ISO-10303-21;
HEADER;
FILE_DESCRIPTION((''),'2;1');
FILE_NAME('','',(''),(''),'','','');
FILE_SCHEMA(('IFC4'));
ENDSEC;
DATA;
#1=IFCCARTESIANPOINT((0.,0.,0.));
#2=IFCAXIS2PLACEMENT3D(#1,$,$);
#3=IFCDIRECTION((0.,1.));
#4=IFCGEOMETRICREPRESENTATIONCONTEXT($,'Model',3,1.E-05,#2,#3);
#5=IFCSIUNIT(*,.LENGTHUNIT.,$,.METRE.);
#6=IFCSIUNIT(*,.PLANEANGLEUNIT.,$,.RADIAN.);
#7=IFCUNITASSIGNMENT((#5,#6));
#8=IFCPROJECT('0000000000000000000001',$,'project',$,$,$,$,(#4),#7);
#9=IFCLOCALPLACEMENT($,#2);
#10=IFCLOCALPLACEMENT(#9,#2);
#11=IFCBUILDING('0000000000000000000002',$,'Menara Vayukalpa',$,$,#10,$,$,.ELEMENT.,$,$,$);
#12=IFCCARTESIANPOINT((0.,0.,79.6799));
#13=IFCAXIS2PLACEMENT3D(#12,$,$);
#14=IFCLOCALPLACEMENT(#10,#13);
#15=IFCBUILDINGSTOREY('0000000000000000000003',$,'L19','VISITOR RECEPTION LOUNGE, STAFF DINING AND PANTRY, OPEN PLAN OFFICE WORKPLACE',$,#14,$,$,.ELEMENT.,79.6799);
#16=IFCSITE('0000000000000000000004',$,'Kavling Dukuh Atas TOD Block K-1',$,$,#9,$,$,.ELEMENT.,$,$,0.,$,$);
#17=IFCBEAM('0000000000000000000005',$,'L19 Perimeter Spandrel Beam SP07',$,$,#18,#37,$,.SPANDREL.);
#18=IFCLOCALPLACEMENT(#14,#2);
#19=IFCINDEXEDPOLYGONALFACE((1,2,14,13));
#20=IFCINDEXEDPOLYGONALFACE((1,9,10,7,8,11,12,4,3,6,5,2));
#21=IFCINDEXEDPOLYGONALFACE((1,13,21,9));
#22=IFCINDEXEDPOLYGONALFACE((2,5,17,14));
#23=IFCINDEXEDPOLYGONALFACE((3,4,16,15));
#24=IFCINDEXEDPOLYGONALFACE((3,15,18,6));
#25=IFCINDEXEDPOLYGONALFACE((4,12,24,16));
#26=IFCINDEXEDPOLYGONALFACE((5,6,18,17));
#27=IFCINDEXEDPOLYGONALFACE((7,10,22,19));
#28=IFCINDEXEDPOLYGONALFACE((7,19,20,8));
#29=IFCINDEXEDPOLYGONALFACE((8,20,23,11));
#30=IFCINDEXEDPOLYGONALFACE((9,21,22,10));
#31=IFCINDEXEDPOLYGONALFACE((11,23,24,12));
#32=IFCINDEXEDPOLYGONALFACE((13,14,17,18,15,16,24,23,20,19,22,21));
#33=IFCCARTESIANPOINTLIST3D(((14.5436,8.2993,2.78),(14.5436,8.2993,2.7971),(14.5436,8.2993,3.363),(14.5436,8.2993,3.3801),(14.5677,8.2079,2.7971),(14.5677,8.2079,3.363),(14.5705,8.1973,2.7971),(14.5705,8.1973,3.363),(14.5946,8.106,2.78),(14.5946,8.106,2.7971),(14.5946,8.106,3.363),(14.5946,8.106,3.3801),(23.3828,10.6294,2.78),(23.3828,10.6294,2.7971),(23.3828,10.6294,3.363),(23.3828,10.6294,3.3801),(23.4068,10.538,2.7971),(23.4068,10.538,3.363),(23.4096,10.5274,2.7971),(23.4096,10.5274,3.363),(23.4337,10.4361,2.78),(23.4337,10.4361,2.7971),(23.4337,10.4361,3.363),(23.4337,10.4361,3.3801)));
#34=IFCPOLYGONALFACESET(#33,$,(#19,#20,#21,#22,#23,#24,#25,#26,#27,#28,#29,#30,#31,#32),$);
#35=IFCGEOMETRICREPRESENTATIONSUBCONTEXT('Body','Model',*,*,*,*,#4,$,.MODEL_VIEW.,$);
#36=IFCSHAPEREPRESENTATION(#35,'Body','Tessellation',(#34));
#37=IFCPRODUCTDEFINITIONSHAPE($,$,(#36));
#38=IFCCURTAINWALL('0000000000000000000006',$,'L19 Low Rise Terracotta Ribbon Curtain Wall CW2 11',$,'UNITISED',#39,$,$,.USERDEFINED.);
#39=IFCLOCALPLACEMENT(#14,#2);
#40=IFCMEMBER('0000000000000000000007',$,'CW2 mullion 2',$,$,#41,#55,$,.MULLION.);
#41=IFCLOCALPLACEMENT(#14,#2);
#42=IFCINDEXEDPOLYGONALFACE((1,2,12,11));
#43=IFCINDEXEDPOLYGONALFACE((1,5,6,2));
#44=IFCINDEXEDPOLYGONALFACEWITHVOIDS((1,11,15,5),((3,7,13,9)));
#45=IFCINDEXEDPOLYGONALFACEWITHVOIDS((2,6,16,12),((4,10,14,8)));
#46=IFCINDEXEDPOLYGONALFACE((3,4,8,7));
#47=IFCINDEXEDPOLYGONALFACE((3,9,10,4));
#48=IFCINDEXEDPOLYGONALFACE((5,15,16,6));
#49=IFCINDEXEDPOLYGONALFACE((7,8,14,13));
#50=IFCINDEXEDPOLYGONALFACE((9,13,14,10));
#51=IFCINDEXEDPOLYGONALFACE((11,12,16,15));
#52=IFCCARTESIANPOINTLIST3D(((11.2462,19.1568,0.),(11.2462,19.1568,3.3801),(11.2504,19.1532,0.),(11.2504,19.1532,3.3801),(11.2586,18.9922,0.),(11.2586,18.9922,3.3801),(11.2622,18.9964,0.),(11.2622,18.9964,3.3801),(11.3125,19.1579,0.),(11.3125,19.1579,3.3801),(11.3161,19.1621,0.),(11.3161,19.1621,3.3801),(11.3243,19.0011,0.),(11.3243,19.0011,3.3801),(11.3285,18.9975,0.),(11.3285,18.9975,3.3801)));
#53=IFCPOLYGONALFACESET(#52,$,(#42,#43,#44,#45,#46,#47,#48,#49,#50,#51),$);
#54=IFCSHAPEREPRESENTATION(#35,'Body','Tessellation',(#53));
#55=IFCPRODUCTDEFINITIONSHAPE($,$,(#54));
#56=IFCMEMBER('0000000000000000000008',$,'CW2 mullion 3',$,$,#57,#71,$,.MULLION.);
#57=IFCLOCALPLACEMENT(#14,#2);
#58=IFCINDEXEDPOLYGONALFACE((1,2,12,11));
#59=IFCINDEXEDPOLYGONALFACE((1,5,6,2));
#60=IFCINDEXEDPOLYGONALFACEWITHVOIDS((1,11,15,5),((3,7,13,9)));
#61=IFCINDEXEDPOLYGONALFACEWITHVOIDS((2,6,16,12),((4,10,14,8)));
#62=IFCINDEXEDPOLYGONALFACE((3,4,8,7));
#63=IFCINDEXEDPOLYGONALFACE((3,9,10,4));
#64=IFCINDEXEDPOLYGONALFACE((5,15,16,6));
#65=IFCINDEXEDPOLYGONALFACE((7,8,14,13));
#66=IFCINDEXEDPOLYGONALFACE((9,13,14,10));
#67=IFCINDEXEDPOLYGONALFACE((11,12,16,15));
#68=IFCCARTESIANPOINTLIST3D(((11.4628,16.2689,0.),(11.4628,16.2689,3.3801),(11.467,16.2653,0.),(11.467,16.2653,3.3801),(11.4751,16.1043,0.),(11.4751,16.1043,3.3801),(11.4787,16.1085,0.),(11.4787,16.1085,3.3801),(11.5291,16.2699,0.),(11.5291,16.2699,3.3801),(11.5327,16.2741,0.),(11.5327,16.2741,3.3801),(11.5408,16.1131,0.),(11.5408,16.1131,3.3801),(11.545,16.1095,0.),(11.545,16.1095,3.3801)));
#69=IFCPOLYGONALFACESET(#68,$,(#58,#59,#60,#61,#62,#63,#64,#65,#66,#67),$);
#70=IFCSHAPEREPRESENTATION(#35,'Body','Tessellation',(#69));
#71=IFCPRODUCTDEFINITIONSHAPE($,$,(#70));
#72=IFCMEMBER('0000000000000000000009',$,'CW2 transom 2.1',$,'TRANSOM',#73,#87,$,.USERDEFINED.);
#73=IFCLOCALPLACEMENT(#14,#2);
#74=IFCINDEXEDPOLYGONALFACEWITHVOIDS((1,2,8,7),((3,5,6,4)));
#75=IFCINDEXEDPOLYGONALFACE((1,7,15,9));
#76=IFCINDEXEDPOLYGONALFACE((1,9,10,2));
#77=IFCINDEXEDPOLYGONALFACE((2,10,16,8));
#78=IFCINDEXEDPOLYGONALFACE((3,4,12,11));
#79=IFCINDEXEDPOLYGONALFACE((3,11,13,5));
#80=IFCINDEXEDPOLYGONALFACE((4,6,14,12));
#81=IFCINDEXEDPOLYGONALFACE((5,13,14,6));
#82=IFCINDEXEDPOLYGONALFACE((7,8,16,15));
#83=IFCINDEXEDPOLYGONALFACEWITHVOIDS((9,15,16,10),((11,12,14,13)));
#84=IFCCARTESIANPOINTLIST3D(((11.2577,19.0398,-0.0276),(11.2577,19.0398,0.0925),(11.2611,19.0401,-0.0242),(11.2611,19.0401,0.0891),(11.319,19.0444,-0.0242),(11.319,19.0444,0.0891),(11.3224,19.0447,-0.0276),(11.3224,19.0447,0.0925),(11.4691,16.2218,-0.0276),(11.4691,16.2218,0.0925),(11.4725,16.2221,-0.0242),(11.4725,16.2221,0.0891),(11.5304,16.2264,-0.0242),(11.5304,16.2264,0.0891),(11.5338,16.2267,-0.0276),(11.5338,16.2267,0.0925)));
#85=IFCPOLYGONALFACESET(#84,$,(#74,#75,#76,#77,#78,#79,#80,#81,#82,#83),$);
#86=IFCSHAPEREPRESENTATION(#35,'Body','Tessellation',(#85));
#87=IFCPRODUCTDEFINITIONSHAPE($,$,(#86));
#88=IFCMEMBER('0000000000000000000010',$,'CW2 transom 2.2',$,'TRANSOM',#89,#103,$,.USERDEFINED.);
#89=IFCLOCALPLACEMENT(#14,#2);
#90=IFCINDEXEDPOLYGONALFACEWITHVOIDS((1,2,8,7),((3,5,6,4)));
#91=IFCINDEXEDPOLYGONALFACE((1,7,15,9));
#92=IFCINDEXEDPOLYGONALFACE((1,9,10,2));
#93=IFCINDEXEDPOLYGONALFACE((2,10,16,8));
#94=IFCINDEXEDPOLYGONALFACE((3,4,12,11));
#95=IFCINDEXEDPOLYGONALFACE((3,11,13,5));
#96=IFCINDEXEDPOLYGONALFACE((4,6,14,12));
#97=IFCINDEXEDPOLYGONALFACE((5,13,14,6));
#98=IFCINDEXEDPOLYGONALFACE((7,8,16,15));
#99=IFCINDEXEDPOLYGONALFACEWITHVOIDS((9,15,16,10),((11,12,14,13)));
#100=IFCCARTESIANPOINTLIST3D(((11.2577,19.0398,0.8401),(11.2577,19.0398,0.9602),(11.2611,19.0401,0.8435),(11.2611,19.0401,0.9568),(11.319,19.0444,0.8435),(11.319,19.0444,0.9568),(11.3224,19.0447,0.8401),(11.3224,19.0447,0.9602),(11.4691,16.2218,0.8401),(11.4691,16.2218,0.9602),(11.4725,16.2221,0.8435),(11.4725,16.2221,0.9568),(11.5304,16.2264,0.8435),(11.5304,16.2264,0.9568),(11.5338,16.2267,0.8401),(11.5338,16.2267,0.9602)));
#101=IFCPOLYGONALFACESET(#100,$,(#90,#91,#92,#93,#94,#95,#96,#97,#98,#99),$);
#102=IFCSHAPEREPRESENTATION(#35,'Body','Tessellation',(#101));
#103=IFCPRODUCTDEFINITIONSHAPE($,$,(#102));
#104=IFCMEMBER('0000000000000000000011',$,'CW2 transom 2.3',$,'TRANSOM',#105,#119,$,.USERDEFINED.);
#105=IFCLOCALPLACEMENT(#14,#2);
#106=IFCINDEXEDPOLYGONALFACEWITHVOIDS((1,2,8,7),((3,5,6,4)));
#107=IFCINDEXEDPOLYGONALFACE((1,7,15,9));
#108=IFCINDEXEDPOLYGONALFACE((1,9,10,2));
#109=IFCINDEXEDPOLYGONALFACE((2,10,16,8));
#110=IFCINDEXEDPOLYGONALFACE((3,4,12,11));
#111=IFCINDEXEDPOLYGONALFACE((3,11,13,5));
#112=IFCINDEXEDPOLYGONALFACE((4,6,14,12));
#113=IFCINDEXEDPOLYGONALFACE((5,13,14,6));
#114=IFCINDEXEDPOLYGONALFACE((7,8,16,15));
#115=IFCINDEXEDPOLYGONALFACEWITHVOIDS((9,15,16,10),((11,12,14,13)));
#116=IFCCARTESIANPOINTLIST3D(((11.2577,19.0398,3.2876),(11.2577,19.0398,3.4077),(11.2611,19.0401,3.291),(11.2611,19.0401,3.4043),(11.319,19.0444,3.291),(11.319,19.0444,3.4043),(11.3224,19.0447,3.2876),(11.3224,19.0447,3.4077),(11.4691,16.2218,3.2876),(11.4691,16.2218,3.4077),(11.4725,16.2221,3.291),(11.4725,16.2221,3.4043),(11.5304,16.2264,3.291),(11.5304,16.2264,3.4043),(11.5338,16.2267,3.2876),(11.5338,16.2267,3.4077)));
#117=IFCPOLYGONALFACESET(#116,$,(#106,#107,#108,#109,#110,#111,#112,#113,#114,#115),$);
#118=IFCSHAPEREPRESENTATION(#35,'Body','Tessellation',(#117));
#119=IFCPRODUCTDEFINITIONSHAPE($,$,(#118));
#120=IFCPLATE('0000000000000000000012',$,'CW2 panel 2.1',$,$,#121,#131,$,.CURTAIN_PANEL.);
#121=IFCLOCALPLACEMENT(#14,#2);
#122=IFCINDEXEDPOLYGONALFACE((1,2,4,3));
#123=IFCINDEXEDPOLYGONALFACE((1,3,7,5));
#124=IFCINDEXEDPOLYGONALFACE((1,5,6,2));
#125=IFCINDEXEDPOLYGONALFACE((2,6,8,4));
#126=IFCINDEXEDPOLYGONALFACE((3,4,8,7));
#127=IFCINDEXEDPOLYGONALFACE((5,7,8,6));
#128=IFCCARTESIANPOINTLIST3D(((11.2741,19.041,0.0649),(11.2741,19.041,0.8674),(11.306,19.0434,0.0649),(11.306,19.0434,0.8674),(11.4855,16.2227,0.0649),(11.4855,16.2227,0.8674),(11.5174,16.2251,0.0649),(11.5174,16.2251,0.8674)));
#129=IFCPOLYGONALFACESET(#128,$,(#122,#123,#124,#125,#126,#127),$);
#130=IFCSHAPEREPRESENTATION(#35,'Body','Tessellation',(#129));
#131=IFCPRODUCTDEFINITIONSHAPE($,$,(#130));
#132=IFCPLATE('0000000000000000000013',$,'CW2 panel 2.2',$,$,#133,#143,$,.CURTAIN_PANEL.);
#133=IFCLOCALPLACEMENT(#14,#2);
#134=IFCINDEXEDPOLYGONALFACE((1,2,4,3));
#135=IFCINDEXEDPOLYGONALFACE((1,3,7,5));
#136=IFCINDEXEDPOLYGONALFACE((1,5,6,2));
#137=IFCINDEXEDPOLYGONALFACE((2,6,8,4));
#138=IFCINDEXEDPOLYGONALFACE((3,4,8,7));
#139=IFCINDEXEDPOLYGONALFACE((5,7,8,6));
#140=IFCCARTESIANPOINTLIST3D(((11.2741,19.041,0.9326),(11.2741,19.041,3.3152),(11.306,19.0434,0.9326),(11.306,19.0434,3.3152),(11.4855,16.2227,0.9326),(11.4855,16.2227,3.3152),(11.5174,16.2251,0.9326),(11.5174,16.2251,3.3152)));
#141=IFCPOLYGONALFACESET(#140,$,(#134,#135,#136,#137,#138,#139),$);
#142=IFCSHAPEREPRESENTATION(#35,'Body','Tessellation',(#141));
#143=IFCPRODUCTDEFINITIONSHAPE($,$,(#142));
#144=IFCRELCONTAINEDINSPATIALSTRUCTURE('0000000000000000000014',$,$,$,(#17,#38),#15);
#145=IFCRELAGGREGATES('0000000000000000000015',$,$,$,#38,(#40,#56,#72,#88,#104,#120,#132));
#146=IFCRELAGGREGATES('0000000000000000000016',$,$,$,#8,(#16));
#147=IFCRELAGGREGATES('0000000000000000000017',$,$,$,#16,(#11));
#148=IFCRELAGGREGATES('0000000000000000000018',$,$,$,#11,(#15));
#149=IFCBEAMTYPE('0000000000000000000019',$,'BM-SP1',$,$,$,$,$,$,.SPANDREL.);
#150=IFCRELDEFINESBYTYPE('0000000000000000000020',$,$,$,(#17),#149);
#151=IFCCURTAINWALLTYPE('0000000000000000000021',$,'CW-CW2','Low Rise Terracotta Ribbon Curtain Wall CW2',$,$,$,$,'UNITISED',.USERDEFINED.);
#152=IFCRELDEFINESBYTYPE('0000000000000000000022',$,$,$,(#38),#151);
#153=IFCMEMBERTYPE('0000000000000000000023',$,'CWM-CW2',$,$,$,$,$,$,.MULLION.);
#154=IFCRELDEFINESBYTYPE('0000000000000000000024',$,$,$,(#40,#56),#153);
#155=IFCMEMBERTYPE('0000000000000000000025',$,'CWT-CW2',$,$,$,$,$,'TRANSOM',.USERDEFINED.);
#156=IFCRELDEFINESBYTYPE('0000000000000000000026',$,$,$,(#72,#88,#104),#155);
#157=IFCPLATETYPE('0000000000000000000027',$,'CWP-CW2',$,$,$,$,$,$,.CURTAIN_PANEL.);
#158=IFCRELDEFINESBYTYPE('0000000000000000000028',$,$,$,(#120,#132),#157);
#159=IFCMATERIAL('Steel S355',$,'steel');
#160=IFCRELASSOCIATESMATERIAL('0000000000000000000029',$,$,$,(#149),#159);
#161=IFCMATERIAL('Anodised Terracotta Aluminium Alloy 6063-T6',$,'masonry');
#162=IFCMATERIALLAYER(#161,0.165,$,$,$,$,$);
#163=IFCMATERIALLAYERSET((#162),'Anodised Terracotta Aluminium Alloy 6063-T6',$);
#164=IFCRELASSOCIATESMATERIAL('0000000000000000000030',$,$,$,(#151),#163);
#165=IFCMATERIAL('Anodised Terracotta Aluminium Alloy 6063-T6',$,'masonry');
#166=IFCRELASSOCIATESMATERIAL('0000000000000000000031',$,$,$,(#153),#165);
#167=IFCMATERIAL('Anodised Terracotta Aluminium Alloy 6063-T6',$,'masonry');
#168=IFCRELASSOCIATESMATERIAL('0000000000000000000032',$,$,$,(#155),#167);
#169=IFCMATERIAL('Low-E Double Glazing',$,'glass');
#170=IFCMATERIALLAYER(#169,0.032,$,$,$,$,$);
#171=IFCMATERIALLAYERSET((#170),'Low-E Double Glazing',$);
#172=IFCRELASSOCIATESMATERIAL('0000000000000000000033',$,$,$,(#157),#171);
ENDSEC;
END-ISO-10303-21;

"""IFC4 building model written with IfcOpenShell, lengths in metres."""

from ifc_helpers import new_model, si_unit, direction, frame, origin, origin_2d, place, context, subcontext, project, spatial, rectangle, hollow_rectangle, i_section, extrude, material, layer, layer_set, material_profile, profile_set, type_object, element, aggregate, save


model = new_model("IFC4")

# Units and contexts
model_context = context("Model", 3, precision=1e-05, world=origin(), true_north=direction((0.0, 1.0)))
body_context = subcontext(model_context, "Body", "Model", "MODEL_VIEW")
ifc_project = project(units=[si_unit("LENGTHUNIT", "METRE"), si_unit("PLANEANGLEUNIT", "RADIAN")], contexts=[model_context])

# Site, building, storey
site_placement = place(None, origin())
site = spatial("IfcSite", under=ifc_project, at=site_placement, Name="Kavling Dukuh Atas TOD Block K-1", CompositionType="ELEMENT", RefElevation=0.0)
building_placement = place(site_placement, origin())
building = spatial("IfcBuilding", under=site, at=building_placement, Name="Menara Vayukalpa", CompositionType="ELEMENT")
storey_placement = place(building_placement, frame((0.0, 0.0, 79.6799)))
storey = spatial("IfcBuildingStorey", under=building, at=storey_placement, Name="L19", Description="VISITOR RECEPTION LOUNGE, STAFF DINING AND PANTRY, OPEN PLAN OFFICE WORKPLACE", CompositionType="ELEMENT", Elevation=79.6799)

# Beam
ifc_material_1 = material(Name="Steel S355", Category="steel")
ifc_material_profile_1 = material_profile(ifc_material_1, i_section(OverallWidth=0.2, OverallDepth=0.6001, WebThickness=0.011, FlangeThickness=0.0171, at=origin_2d()), Name="WF 600x200x11x17")
ifc_profile_set_1 = profile_set([ifc_material_profile_1], Name="Steel S355")
beam_type_1 = type_object("IfcBeamType", Name="BM-SP1", PredefinedType="SPANDREL", material=ifc_profile_set_1)
beam_1_placement = place(storey_placement, frame((14.5691, 8.2026, 3.0801), z_axis=(0.966967, 0.254902, 0.0), x_axis=(-0.254902, 0.966967, 0.0)))
element("IfcBeam", 1, at=beam_1_placement, inside=storey, type_object=beam_type_1, Name="L19 Perimeter Spandrel Beam SP07", PredefinedType="SPANDREL", context=body_context, shape_type="SweptSolid", body=[
    extrude(i_section(OverallWidth=0.2, OverallDepth=0.6001, WebThickness=0.011, FlangeThickness=0.0171, at=origin_2d()), origin(), (0.0, 0.0, 1.0), 9.1411),
])

# Curtain wall, members, plates
ifc_material_2 = material(Name="Anodised Terracotta Aluminium Alloy 6063-T6", Category="masonry")
ifc_layer_1 = layer(ifc_material_2, 0.165)
ifc_layer_set_1 = layer_set([ifc_layer_1], Name="Anodised Terracotta Aluminium Alloy 6063-T6")
curtain_wall_type = type_object("IfcCurtainWallType", Name="CW-CW2", Description="Low Rise Terracotta Ribbon Curtain Wall CW2", ElementType="UNITISED", PredefinedType="USERDEFINED", material=ifc_layer_set_1)
curtain_wall_placement = place(storey_placement, origin())
curtain_wall = element("IfcCurtainWall", 2, at=curtain_wall_placement, inside=storey, type_object=curtain_wall_type, Name="L19 Low Rise Terracotta Ribbon Curtain Wall CW2 11", ObjectType="UNITISED", PredefinedType="USERDEFINED")
ifc_material_3 = material(Name="Anodised Terracotta Aluminium Alloy 6063-T6", Category="masonry")
ifc_material_profile_2 = material_profile(ifc_material_3, hollow_rectangle(XDim=0.0701, YDim=0.165, WallThickness=0.0039, at=origin_2d()), Name="ALU 70x165x4")
ifc_profile_set_2 = profile_set([ifc_material_profile_2], Name="Anodised Terracotta Aluminium Alloy 6063-T6")
member_type_1 = type_object("IfcMemberType", Name="CWM-CW2", PredefinedType="MULLION", material=ifc_profile_set_2)
member_1_placement = place(storey_placement, frame((11.2874, 19.0771, 0.0), z_axis=(0.0, 0.0, 1.0), x_axis=(0.9972, 0.074785, 0.0)))
member_1 = element("IfcMember", 3, at=member_1_placement, type_object=member_type_1, Name="CW2 mullion 2", PredefinedType="MULLION", context=body_context, shape_type="SweptSolid", body=[
    extrude(hollow_rectangle(XDim=0.0701, YDim=0.165, WallThickness=0.0039, at=origin_2d()), origin(), (0.0, 0.0, 1.0), 3.3801),
])
member_2_placement = place(storey_placement, frame((11.5039, 16.1892, 0.0), z_axis=(0.0, 0.0, 1.0), x_axis=(0.9972, 0.074785, 0.0)))
member_2 = element("IfcMember", 4, at=member_2_placement, type_object=member_type_1, Name="CW2 mullion 3", PredefinedType="MULLION", context=body_context, shape_type="SweptSolid", body=[
    extrude(hollow_rectangle(XDim=0.0701, YDim=0.165, WallThickness=0.0039, at=origin_2d()), origin(), (0.0, 0.0, 1.0), 3.3801),
])
ifc_material_4 = material(Name="Anodised Terracotta Aluminium Alloy 6063-T6", Category="masonry")
ifc_material_profile_3 = material_profile(ifc_material_4, hollow_rectangle(XDim=0.0649, YDim=0.1201, WallThickness=0.0034, at=origin_2d()), Name="ALU 65x120x3.5")
ifc_profile_set_3 = profile_set([ifc_material_profile_3], Name="Anodised Terracotta Aluminium Alloy 6063-T6")
member_type_2 = type_object("IfcMemberType", Name="CWT-CW2", ElementType="TRANSOM", PredefinedType="USERDEFINED", material=ifc_profile_set_3)
member_3_placement = place(storey_placement, frame((11.29, 19.0422, 0.0325), z_axis=(0.074814, -0.997198, 0.0), x_axis=(0.997198, 0.074814, 0.0)))
member_3 = element("IfcMember", 5, at=member_3_placement, type_object=member_type_2, Name="CW2 transom 2.1", ObjectType="TRANSOM", PredefinedType="USERDEFINED", context=body_context, shape_type="SweptSolid", body=[
    extrude(hollow_rectangle(XDim=0.0649, YDim=0.1201, WallThickness=0.0034, at=origin_2d()), origin(), (0.0, 0.0, 1.0), 2.8259),
])
member_4_placement = place(storey_placement, frame((11.29, 19.0422, 0.9001), z_axis=(0.074814, -0.997198, 0.0), x_axis=(0.997198, 0.074814, 0.0)))
member_4 = element("IfcMember", 6, at=member_4_placement, type_object=member_type_2, Name="CW2 transom 2.2", ObjectType="TRANSOM", PredefinedType="USERDEFINED", context=body_context, shape_type="SweptSolid", body=[
    extrude(hollow_rectangle(XDim=0.0649, YDim=0.1201, WallThickness=0.0034, at=origin_2d()), origin(), (0.0, 0.0, 1.0), 2.8259),
])
member_5_placement = place(storey_placement, frame((11.29, 19.0422, 3.3477), z_axis=(0.074814, -0.997198, 0.0), x_axis=(0.997198, 0.074814, 0.0)))
member_5 = element("IfcMember", 7, at=member_5_placement, type_object=member_type_2, Name="CW2 transom 2.3", ObjectType="TRANSOM", PredefinedType="USERDEFINED", context=body_context, shape_type="SweptSolid", body=[
    extrude(hollow_rectangle(XDim=0.0649, YDim=0.1201, WallThickness=0.0034, at=origin_2d()), origin(), (0.0, 0.0, 1.0), 2.8259),
])
ifc_material_5 = material(Name="Low-E Double Glazing", Category="glass")
ifc_layer_2 = layer(ifc_material_5, 0.032)
ifc_layer_set_2 = layer_set([ifc_layer_2], Name="Low-E Double Glazing")
plate_type = type_object("IfcPlateType", Name="CWP-CW2", PredefinedType="CURTAIN_PANEL", material=ifc_layer_set_2)
plate_1_placement = place(storey_placement, frame((11.3958, 17.6331, 0.0649), z_axis=(0.0, 0.0, 1.0), x_axis=(0.074785, -0.9972, 0.0)))
plate_1 = element("IfcPlate", 8, at=plate_1_placement, type_object=plate_type, Name="CW2 panel 2.1", PredefinedType="CURTAIN_PANEL", context=body_context, shape_type="SweptSolid", body=[
    extrude(rectangle(XDim=2.8262, YDim=0.032, at=origin_2d()), origin(), (0.0, 0.0, 1.0), 0.8025),
])
plate_2_placement = place(storey_placement, frame((11.3958, 17.6331, 0.9326), z_axis=(0.0, 0.0, 1.0), x_axis=(0.074785, -0.9972, 0.0)))
plate_2 = element("IfcPlate", 9, at=plate_2_placement, type_object=plate_type, Name="CW2 panel 2.2", PredefinedType="CURTAIN_PANEL", context=body_context, shape_type="SweptSolid", body=[
    extrude(rectangle(XDim=2.8262, YDim=0.032, at=origin_2d()), origin(), (0.0, 0.0, 1.0), 2.3826),
])
aggregate(curtain_wall, [member_1, member_2, member_3, member_4, member_5, plate_1, plate_2])

save(model, "model.ifc")
